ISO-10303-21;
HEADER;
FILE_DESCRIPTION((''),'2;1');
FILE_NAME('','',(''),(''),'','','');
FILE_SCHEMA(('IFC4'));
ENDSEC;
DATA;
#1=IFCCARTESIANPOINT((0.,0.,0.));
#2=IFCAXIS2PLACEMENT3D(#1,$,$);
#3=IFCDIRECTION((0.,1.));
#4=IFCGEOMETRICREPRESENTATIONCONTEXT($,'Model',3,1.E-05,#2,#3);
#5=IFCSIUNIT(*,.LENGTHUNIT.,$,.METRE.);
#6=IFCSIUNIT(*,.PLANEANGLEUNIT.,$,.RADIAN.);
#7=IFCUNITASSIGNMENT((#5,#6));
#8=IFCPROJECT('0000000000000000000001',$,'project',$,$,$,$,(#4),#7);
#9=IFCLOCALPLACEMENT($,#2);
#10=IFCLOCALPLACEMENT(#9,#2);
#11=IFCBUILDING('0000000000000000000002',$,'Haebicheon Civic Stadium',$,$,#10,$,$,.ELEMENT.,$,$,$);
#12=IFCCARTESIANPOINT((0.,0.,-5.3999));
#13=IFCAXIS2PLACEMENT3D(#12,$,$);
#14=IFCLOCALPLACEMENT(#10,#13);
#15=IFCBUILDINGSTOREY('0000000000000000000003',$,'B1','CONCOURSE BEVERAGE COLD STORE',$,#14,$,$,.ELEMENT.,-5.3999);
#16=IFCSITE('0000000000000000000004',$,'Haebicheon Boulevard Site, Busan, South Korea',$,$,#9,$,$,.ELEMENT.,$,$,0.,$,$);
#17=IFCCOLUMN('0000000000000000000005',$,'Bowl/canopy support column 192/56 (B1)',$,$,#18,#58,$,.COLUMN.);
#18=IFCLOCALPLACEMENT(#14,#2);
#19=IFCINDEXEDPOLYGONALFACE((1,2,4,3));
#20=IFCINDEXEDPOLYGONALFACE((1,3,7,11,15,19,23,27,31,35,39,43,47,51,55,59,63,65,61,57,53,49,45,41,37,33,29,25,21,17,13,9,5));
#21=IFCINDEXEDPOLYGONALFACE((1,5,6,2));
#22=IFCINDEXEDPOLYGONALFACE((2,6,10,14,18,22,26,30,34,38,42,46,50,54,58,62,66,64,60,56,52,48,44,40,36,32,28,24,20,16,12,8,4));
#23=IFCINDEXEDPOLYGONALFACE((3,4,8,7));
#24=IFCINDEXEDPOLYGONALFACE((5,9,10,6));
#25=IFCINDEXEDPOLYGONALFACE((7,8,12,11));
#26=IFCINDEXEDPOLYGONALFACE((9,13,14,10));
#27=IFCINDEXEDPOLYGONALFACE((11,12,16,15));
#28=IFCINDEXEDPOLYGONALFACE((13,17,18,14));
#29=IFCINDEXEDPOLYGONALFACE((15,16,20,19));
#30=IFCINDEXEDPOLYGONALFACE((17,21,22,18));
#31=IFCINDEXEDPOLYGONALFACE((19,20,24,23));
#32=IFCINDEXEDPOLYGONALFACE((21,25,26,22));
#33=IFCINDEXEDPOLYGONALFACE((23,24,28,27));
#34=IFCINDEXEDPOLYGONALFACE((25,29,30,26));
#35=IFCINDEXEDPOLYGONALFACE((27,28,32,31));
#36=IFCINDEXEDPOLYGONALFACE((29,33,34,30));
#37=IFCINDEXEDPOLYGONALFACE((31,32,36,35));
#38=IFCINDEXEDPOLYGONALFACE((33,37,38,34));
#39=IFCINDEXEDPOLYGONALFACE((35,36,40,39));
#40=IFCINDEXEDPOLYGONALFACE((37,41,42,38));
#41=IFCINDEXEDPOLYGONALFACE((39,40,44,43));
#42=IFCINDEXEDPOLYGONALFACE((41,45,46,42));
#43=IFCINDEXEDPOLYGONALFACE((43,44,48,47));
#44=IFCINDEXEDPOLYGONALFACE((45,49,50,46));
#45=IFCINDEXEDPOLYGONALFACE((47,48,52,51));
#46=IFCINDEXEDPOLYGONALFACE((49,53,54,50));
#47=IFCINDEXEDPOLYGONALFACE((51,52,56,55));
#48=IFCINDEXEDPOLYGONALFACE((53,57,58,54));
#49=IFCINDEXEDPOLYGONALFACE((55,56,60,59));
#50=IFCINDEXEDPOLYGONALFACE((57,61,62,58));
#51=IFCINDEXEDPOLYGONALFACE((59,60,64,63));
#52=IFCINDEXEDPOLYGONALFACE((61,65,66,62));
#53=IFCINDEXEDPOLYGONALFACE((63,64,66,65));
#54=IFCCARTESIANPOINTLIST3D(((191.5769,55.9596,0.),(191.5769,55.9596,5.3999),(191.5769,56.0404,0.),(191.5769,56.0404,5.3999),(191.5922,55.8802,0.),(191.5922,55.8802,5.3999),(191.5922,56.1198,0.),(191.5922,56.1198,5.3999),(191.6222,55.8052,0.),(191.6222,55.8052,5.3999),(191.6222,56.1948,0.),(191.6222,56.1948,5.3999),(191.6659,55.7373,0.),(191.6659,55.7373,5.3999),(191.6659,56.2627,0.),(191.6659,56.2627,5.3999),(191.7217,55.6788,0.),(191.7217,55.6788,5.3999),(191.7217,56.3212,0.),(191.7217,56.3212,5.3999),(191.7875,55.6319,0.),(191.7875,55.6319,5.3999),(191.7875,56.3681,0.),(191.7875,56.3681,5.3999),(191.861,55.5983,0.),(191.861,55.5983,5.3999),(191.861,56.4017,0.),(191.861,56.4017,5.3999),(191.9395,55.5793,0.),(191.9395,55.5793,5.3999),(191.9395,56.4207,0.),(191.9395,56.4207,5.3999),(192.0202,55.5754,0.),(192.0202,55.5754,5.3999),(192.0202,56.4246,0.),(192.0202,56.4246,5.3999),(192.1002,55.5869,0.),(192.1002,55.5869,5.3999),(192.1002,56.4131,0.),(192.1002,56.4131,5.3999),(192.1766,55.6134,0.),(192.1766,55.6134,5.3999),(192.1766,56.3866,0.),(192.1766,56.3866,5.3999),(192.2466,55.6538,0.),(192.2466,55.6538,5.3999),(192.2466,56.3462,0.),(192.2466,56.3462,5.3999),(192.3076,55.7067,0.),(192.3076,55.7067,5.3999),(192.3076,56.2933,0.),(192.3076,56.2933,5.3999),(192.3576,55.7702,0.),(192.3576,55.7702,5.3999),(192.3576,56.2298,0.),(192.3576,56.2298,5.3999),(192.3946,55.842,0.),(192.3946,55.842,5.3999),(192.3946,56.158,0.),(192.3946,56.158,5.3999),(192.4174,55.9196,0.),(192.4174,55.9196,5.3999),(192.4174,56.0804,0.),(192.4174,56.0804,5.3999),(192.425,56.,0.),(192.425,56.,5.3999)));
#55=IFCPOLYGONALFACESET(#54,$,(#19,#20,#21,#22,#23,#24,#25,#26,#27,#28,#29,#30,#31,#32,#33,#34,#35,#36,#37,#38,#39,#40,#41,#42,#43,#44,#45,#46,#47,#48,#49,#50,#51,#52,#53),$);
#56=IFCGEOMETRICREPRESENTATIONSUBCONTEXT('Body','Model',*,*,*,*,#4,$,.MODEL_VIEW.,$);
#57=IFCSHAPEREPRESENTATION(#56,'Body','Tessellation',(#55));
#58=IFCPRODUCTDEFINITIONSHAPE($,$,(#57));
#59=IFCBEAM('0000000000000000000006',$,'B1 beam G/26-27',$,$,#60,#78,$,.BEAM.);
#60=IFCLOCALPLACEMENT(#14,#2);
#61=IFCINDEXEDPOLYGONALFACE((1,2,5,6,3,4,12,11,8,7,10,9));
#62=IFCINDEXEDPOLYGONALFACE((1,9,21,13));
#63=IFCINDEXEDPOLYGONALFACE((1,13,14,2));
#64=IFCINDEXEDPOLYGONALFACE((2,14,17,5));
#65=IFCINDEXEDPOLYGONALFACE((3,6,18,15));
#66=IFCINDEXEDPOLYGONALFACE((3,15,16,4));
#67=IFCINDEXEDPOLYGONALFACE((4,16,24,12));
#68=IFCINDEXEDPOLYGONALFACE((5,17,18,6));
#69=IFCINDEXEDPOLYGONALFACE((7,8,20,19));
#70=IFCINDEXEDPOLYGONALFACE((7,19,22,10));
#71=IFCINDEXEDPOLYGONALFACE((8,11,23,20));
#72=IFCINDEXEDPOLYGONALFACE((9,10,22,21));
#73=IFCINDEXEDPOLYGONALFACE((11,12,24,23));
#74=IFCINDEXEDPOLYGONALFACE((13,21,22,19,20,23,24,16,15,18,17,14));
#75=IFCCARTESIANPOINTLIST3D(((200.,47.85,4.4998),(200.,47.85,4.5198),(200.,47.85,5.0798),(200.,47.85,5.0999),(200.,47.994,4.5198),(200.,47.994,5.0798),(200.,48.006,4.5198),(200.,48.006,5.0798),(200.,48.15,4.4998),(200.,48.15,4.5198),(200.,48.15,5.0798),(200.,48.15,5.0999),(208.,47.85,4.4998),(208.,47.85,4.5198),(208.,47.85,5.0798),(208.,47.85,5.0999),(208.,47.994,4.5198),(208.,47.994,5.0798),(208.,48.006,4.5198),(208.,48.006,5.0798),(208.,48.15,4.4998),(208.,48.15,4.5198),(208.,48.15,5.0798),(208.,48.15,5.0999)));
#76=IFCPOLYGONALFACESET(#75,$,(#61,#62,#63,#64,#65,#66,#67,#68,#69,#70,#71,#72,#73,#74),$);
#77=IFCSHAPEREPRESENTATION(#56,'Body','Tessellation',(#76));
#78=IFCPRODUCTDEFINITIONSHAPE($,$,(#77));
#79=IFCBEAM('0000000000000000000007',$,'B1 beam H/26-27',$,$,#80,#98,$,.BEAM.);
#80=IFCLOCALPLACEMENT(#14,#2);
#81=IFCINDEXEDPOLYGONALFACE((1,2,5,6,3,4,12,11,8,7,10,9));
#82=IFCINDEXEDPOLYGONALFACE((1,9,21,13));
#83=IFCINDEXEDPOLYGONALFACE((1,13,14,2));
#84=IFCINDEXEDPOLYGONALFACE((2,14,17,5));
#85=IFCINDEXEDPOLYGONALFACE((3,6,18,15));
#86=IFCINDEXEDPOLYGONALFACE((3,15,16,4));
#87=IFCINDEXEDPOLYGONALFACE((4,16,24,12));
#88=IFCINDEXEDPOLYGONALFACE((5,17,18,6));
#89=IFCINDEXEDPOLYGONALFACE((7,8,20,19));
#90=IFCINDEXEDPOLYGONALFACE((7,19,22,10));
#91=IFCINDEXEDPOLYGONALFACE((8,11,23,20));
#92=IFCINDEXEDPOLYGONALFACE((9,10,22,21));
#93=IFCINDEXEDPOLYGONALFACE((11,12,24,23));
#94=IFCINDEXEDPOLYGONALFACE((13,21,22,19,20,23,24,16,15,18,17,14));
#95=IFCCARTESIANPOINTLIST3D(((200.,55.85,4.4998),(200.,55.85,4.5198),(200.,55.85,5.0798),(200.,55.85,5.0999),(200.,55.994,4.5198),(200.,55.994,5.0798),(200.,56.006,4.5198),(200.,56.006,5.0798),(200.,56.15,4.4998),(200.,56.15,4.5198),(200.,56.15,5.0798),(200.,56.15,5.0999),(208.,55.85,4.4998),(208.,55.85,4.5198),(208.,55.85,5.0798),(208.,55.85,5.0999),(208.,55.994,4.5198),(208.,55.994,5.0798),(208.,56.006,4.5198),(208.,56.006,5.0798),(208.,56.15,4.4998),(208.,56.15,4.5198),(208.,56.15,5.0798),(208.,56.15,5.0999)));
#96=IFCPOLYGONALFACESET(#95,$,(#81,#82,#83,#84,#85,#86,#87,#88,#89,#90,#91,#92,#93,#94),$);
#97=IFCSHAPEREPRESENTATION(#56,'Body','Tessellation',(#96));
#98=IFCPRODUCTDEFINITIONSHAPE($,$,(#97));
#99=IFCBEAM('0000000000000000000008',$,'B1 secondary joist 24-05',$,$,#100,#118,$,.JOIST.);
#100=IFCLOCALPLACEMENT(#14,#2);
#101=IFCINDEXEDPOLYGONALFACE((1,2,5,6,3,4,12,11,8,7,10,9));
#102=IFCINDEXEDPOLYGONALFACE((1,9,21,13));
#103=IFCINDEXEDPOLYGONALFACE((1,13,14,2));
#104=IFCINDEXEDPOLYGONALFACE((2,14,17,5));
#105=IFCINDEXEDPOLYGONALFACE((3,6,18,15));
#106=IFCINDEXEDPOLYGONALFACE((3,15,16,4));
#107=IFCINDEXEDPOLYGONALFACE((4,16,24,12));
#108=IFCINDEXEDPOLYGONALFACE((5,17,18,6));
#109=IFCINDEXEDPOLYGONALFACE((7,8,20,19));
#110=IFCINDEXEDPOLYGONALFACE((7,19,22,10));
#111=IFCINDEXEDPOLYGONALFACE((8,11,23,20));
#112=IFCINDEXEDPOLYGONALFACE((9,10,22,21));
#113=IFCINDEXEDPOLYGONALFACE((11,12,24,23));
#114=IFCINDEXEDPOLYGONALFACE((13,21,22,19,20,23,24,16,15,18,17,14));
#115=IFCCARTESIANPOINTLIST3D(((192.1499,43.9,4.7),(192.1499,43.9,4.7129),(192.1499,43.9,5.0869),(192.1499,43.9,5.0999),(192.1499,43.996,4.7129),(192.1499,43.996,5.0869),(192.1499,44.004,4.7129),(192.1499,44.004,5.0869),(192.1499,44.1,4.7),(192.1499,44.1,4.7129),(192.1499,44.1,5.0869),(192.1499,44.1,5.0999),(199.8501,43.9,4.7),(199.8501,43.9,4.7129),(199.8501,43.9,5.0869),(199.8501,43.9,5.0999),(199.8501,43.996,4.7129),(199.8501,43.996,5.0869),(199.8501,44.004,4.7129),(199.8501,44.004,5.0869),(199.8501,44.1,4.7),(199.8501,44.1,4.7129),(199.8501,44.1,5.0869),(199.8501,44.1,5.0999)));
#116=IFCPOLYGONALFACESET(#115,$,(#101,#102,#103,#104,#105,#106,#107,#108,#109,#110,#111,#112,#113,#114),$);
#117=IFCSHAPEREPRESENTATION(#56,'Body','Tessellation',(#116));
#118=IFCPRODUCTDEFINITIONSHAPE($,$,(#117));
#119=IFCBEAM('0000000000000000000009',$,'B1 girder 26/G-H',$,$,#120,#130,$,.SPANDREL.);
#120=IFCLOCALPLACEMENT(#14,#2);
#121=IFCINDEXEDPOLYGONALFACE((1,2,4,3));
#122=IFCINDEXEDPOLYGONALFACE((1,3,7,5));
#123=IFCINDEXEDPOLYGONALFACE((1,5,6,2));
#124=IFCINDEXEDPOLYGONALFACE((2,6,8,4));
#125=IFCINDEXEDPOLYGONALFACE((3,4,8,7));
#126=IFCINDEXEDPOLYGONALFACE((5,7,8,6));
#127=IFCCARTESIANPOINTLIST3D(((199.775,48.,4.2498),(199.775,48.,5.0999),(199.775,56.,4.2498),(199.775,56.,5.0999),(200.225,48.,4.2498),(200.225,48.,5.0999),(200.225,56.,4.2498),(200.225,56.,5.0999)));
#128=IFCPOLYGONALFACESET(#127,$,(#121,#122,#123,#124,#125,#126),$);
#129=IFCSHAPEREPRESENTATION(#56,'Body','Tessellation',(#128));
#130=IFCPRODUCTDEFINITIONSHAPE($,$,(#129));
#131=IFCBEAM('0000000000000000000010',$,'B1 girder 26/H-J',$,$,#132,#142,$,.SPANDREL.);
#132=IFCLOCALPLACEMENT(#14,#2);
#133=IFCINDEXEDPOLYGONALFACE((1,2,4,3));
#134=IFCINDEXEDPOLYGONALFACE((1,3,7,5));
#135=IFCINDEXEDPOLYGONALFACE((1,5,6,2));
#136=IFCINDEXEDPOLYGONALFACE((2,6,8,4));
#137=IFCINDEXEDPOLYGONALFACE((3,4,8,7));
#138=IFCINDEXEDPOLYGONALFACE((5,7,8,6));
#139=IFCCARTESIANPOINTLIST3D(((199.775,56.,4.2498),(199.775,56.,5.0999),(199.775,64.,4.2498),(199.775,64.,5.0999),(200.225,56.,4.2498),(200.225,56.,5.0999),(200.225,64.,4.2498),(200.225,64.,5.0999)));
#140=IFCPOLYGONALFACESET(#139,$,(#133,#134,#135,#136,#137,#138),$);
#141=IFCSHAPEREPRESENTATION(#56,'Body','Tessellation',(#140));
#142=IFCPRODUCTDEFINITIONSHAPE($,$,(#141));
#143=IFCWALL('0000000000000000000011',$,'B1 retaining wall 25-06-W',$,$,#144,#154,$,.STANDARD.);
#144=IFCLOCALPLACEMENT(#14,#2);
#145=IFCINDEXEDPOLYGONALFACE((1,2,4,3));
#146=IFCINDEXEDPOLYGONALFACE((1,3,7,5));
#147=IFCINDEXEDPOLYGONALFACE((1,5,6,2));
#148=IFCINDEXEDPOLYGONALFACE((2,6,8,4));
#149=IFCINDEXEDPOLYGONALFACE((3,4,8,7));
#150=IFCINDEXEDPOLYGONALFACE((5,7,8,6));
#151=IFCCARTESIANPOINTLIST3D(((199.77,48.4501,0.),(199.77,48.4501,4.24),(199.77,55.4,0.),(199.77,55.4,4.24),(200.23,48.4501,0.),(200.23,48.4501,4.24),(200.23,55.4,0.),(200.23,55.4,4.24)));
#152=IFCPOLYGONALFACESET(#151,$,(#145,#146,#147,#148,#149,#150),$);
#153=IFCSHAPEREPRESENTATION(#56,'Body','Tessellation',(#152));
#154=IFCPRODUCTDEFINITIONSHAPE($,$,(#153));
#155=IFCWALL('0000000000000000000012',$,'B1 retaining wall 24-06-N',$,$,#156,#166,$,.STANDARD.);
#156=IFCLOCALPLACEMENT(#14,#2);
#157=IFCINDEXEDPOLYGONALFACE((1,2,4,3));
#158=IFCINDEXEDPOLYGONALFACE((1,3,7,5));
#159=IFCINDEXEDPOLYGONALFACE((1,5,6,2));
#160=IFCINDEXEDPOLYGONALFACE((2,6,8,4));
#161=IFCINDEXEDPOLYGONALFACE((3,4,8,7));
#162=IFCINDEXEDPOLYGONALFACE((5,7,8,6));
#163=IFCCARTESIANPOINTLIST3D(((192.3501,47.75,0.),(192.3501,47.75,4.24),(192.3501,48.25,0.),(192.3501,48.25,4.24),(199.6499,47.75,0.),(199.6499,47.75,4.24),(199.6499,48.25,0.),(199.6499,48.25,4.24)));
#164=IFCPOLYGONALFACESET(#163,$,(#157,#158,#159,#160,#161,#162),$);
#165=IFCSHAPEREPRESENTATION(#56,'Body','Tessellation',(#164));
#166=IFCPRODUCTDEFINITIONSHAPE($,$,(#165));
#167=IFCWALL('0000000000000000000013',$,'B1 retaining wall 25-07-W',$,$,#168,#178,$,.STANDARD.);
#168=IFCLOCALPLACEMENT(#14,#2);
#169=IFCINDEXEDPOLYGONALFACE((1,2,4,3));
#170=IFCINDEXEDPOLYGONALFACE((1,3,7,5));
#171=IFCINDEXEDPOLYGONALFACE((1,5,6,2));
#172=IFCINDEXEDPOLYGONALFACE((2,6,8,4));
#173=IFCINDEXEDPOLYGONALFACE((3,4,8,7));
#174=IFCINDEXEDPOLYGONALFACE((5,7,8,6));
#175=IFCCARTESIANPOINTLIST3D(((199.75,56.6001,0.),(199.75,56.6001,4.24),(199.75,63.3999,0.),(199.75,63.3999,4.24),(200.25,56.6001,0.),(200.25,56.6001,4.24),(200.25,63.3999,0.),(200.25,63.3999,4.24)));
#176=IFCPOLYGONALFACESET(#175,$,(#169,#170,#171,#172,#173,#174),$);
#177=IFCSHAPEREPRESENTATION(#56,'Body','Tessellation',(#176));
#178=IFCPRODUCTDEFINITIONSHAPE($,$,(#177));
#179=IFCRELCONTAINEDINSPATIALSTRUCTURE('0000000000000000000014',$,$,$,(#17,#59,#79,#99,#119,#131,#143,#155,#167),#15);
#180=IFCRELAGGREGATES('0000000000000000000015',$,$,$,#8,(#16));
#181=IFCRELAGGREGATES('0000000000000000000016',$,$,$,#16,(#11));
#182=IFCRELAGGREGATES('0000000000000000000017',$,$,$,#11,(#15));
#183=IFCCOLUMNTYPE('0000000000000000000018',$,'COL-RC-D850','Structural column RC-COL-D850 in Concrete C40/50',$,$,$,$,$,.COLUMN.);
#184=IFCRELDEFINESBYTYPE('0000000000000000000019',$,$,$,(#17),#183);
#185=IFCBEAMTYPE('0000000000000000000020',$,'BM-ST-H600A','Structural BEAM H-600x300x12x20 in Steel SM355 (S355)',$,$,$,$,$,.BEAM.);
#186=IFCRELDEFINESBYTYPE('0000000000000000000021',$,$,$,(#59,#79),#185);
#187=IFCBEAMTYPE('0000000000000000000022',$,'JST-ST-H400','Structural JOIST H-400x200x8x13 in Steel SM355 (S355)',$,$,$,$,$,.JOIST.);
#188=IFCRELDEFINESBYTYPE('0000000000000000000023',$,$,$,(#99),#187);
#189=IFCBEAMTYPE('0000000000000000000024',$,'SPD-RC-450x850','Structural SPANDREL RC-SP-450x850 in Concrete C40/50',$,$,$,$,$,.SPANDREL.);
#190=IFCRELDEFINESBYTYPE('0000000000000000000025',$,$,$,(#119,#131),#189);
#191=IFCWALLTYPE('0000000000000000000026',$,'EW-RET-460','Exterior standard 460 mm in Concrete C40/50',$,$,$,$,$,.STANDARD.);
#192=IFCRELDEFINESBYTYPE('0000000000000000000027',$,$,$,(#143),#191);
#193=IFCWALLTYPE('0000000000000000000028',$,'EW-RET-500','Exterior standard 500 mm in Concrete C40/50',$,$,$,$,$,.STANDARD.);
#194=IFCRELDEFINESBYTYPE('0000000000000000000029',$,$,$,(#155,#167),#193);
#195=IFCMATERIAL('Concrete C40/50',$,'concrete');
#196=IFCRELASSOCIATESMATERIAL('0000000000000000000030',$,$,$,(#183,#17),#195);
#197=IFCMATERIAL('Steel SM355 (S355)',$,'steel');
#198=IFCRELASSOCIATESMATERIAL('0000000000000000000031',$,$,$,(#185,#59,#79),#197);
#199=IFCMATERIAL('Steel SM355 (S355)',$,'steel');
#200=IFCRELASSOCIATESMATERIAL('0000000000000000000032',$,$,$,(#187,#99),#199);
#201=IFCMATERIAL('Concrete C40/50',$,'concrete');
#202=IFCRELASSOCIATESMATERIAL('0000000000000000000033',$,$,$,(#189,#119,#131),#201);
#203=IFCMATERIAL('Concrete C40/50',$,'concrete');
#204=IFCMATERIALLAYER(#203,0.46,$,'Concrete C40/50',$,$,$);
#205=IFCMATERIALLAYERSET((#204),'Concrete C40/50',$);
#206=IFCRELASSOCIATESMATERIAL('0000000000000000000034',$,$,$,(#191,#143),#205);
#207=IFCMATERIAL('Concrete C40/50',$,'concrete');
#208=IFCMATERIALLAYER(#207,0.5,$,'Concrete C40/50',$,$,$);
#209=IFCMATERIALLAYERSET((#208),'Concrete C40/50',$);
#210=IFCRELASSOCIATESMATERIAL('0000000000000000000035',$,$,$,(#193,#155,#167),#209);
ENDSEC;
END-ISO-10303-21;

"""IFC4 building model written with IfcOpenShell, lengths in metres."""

from ifc_helpers import new_model, si_unit, direction, frame, frame_2d, origin, origin_2d, place, context, subcontext, project, spatial, rectangle, circle, i_section, extrude, material, layer, layer_set, material_profile, profile_set, type_object, element, save


model = new_model("IFC4")

# Units and contexts
model_context = context("Model", 3, precision=1e-05, world=origin(), true_north=direction((0.0, 1.0)))
body_context = subcontext(model_context, "Body", "Model", "MODEL_VIEW")
ifc_project = project(units=[si_unit("LENGTHUNIT", "METRE"), si_unit("PLANEANGLEUNIT", "RADIAN")], contexts=[model_context])

# Site, building, storey
site_placement = place(None, origin())
site = spatial("IfcSite", under=ifc_project, at=site_placement, Name="Haebicheon Boulevard Site, Busan, South Korea", CompositionType="ELEMENT", RefElevation=0.0)
building_placement = place(site_placement, origin())
building = spatial("IfcBuilding", under=site, at=building_placement, Name="Haebicheon Civic Stadium", CompositionType="ELEMENT")
storey_placement = place(building_placement, frame((0.0, 0.0, -5.3999)))
storey = spatial("IfcBuildingStorey", under=building, at=storey_placement, Name="B1", Description="CONCOURSE BEVERAGE COLD STORE", CompositionType="ELEMENT", Elevation=-5.3999)

# Column
ifc_material_1 = material(Name="Concrete C40/50", Category="concrete")
ifc_material_profile_1 = material_profile(ifc_material_1, circle(Radius=0.425, at=origin_2d()), Name="RC-COL-D850")
ifc_profile_set_1 = profile_set([ifc_material_profile_1], Name="Concrete C40/50")
column_type_1 = type_object("IfcColumnType", Name="COL-RC-D850", Description="Structural column RC-COL-D850 in Concrete C40/50", PredefinedType="COLUMN", material=ifc_profile_set_1)
column_1_placement = place(storey_placement, frame((192.0, 56.0, 0.0), z_axis=(0.0, 0.0, 1.0), x_axis=(1.0, 0.0, 0.0)))
element("IfcColumn", 1, at=column_1_placement, inside=storey, type_object=column_type_1, material=ifc_profile_set_1, Name="Bowl/canopy support column 192/56 (B1)", PredefinedType="COLUMN", context=body_context, shape_type="SweptSolid", body=[
    extrude(circle(Radius=0.425, at=origin_2d()), origin(), (0.0, 0.0, 1.0), 5.3999),
])

# Beams
ifc_material_2 = material(Name="Steel SM355 (S355)", Category="steel")
ifc_material_profile_2 = material_profile(ifc_material_2, i_section(OverallWidth=0.3, OverallDepth=0.6001, WebThickness=0.012, FlangeThickness=0.02, at=origin_2d()), Name="H-600x300x12x20")
ifc_profile_set_2 = profile_set([ifc_material_profile_2], Name="Steel SM355 (S355)")
beam_type_1 = type_object("IfcBeamType", Name="BM-ST-H600A", Description="Structural BEAM H-600x300x12x20 in Steel SM355 (S355)", PredefinedType="BEAM", material=ifc_profile_set_2)
for number, where, z_axis, x_axis, name in (
    (2, (200.0, 48.0, 4.7998), (1.0, 0.0, 0.0), (0.0, 1.0, 0.0), "B1 beam G/26-27"),
    (3, (200.0, 56.0, 4.7998), (1.0, 0.0, 0.0), (0.0, 1.0, 0.0), "B1 beam H/26-27"),
):
    element("IfcBeam", number, at=place(storey_placement, frame(where, z_axis=z_axis, x_axis=x_axis)), inside=storey, type_object=beam_type_1, material=ifc_profile_set_2, Name=name, PredefinedType="BEAM", context=body_context, shape_type="SweptSolid", body=[
        extrude(i_section(OverallWidth=0.3, OverallDepth=0.6001, WebThickness=0.012, FlangeThickness=0.02, at=origin_2d()), origin(), (0.0, 0.0, 1.0), 8.0),
    ])
ifc_material_3 = material(Name="Steel SM355 (S355)", Category="steel")
ifc_material_profile_3 = material_profile(ifc_material_3, i_section(OverallWidth=0.2, OverallDepth=0.3999, WebThickness=0.0081, FlangeThickness=0.0129, at=origin_2d()), Name="H-400x200x8x13")
ifc_profile_set_3 = profile_set([ifc_material_profile_3], Name="Steel SM355 (S355)")
beam_type_2 = type_object("IfcBeamType", Name="JST-ST-H400", Description="Structural JOIST H-400x200x8x13 in Steel SM355 (S355)", PredefinedType="JOIST", material=ifc_profile_set_3)
beam_placement = place(storey_placement, frame((192.1499, 44.0, 4.8999), z_axis=(1.0, 0.0, 0.0), x_axis=(0.0, 1.0, 0.0)))
element("IfcBeam", 4, at=beam_placement, inside=storey, type_object=beam_type_2, material=ifc_profile_set_3, Name="B1 secondary joist 24-05", PredefinedType="JOIST", context=body_context, shape_type="SweptSolid", body=[
    extrude(i_section(OverallWidth=0.2, OverallDepth=0.3999, WebThickness=0.0081, FlangeThickness=0.0129, at=origin_2d()), origin(), (0.0, 0.0, 1.0), 7.7002),
])
ifc_material_4 = material(Name="Concrete C40/50", Category="concrete")
ifc_material_profile_4 = material_profile(ifc_material_4, rectangle(XDim=0.45, YDim=0.8501, at=origin_2d()), Name="RC-SP-450x850")
ifc_profile_set_4 = profile_set([ifc_material_profile_4], Name="Concrete C40/50")
beam_type_3 = type_object("IfcBeamType", Name="SPD-RC-450x850", Description="Structural SPANDREL RC-SP-450x850 in Concrete C40/50", PredefinedType="SPANDREL", material=ifc_profile_set_4)
for number, where, z_axis, x_axis, name in (
    (5, (200.0, 48.0, 4.6748), (0.0, 1.0, 0.0), (-1.0, 0.0, 0.0), "B1 girder 26/G-H"),
    (6, (200.0, 56.0, 4.6748), (0.0, 1.0, 0.0), (-1.0, 0.0, 0.0), "B1 girder 26/H-J"),
):
    element("IfcBeam", number, at=place(storey_placement, frame(where, z_axis=z_axis, x_axis=x_axis)), inside=storey, type_object=beam_type_3, material=ifc_profile_set_4, Name=name, PredefinedType="SPANDREL", context=body_context, shape_type="SweptSolid", body=[
        extrude(rectangle(XDim=0.45, YDim=0.8501, at=origin_2d()), origin(), (0.0, 0.0, 1.0), 8.0),
    ])

# Walls
ifc_material_5 = material(Name="Concrete C40/50", Category="concrete")
ifc_layer_1 = layer(ifc_material_5, 0.46, Name="Concrete C40/50")
ifc_layer_set_1 = layer_set([ifc_layer_1], Name="Concrete C40/50")
wall_type_1 = type_object("IfcWallType", Name="EW-RET-460", Description="Exterior standard 460 mm in Concrete C40/50", PredefinedType="STANDARD", material=ifc_layer_set_1)
wall_1_placement = place(storey_placement, frame((200.0, 48.45, 0.0), z_axis=(0.0, 0.0, 1.0), x_axis=(0.0, 1.0, 0.0)))
element("IfcWall", 7, at=wall_1_placement, inside=storey, type_object=wall_type_1, material=ifc_layer_set_1, Name="B1 retaining wall 25-06-W", PredefinedType="STANDARD", context=body_context, shape_type="SweptSolid", body=[
    extrude(rectangle(XDim=6.95, YDim=0.46, at=frame_2d((3.4751, 0.0))), origin(), (0.0, 0.0, 1.0), 4.24),
])
ifc_material_6 = material(Name="Concrete C40/50", Category="concrete")
ifc_layer_2 = layer(ifc_material_6, 0.5, Name="Concrete C40/50")
ifc_layer_set_2 = layer_set([ifc_layer_2], Name="Concrete C40/50")
wall_type_2 = type_object("IfcWallType", Name="EW-RET-500", Description="Exterior standard 500 mm in Concrete C40/50", PredefinedType="STANDARD", material=ifc_layer_set_2)
wall_2_placement = place(storey_placement, frame((192.3501, 48.0, 0.0), z_axis=(0.0, 0.0, 1.0), x_axis=(1.0, 0.0, 0.0)))
element("IfcWall", 8, at=wall_2_placement, inside=storey, type_object=wall_type_2, material=ifc_layer_set_2, Name="B1 retaining wall 24-06-N", PredefinedType="STANDARD", context=body_context, shape_type="SweptSolid", body=[
    extrude(rectangle(XDim=7.2998, YDim=0.5, at=frame_2d((3.6499, 0.0))), origin(), (0.0, 0.0, 1.0), 4.24),
])
wall_3_placement = place(storey_placement, frame((200.0, 56.6001, 0.0), z_axis=(0.0, 0.0, 1.0), x_axis=(0.0, 1.0, 0.0)))
element("IfcWall", 9, at=wall_3_placement, inside=storey, type_object=wall_type_2, material=ifc_layer_set_2, Name="B1 retaining wall 25-07-W", PredefinedType="STANDARD", context=body_context, shape_type="SweptSolid", body=[
    extrude(rectangle(XDim=6.7998, YDim=0.5, at=frame_2d((3.3999, 0.0))), origin(), (0.0, 0.0, 1.0), 4.24),
])

save(model, "model.ifc")
